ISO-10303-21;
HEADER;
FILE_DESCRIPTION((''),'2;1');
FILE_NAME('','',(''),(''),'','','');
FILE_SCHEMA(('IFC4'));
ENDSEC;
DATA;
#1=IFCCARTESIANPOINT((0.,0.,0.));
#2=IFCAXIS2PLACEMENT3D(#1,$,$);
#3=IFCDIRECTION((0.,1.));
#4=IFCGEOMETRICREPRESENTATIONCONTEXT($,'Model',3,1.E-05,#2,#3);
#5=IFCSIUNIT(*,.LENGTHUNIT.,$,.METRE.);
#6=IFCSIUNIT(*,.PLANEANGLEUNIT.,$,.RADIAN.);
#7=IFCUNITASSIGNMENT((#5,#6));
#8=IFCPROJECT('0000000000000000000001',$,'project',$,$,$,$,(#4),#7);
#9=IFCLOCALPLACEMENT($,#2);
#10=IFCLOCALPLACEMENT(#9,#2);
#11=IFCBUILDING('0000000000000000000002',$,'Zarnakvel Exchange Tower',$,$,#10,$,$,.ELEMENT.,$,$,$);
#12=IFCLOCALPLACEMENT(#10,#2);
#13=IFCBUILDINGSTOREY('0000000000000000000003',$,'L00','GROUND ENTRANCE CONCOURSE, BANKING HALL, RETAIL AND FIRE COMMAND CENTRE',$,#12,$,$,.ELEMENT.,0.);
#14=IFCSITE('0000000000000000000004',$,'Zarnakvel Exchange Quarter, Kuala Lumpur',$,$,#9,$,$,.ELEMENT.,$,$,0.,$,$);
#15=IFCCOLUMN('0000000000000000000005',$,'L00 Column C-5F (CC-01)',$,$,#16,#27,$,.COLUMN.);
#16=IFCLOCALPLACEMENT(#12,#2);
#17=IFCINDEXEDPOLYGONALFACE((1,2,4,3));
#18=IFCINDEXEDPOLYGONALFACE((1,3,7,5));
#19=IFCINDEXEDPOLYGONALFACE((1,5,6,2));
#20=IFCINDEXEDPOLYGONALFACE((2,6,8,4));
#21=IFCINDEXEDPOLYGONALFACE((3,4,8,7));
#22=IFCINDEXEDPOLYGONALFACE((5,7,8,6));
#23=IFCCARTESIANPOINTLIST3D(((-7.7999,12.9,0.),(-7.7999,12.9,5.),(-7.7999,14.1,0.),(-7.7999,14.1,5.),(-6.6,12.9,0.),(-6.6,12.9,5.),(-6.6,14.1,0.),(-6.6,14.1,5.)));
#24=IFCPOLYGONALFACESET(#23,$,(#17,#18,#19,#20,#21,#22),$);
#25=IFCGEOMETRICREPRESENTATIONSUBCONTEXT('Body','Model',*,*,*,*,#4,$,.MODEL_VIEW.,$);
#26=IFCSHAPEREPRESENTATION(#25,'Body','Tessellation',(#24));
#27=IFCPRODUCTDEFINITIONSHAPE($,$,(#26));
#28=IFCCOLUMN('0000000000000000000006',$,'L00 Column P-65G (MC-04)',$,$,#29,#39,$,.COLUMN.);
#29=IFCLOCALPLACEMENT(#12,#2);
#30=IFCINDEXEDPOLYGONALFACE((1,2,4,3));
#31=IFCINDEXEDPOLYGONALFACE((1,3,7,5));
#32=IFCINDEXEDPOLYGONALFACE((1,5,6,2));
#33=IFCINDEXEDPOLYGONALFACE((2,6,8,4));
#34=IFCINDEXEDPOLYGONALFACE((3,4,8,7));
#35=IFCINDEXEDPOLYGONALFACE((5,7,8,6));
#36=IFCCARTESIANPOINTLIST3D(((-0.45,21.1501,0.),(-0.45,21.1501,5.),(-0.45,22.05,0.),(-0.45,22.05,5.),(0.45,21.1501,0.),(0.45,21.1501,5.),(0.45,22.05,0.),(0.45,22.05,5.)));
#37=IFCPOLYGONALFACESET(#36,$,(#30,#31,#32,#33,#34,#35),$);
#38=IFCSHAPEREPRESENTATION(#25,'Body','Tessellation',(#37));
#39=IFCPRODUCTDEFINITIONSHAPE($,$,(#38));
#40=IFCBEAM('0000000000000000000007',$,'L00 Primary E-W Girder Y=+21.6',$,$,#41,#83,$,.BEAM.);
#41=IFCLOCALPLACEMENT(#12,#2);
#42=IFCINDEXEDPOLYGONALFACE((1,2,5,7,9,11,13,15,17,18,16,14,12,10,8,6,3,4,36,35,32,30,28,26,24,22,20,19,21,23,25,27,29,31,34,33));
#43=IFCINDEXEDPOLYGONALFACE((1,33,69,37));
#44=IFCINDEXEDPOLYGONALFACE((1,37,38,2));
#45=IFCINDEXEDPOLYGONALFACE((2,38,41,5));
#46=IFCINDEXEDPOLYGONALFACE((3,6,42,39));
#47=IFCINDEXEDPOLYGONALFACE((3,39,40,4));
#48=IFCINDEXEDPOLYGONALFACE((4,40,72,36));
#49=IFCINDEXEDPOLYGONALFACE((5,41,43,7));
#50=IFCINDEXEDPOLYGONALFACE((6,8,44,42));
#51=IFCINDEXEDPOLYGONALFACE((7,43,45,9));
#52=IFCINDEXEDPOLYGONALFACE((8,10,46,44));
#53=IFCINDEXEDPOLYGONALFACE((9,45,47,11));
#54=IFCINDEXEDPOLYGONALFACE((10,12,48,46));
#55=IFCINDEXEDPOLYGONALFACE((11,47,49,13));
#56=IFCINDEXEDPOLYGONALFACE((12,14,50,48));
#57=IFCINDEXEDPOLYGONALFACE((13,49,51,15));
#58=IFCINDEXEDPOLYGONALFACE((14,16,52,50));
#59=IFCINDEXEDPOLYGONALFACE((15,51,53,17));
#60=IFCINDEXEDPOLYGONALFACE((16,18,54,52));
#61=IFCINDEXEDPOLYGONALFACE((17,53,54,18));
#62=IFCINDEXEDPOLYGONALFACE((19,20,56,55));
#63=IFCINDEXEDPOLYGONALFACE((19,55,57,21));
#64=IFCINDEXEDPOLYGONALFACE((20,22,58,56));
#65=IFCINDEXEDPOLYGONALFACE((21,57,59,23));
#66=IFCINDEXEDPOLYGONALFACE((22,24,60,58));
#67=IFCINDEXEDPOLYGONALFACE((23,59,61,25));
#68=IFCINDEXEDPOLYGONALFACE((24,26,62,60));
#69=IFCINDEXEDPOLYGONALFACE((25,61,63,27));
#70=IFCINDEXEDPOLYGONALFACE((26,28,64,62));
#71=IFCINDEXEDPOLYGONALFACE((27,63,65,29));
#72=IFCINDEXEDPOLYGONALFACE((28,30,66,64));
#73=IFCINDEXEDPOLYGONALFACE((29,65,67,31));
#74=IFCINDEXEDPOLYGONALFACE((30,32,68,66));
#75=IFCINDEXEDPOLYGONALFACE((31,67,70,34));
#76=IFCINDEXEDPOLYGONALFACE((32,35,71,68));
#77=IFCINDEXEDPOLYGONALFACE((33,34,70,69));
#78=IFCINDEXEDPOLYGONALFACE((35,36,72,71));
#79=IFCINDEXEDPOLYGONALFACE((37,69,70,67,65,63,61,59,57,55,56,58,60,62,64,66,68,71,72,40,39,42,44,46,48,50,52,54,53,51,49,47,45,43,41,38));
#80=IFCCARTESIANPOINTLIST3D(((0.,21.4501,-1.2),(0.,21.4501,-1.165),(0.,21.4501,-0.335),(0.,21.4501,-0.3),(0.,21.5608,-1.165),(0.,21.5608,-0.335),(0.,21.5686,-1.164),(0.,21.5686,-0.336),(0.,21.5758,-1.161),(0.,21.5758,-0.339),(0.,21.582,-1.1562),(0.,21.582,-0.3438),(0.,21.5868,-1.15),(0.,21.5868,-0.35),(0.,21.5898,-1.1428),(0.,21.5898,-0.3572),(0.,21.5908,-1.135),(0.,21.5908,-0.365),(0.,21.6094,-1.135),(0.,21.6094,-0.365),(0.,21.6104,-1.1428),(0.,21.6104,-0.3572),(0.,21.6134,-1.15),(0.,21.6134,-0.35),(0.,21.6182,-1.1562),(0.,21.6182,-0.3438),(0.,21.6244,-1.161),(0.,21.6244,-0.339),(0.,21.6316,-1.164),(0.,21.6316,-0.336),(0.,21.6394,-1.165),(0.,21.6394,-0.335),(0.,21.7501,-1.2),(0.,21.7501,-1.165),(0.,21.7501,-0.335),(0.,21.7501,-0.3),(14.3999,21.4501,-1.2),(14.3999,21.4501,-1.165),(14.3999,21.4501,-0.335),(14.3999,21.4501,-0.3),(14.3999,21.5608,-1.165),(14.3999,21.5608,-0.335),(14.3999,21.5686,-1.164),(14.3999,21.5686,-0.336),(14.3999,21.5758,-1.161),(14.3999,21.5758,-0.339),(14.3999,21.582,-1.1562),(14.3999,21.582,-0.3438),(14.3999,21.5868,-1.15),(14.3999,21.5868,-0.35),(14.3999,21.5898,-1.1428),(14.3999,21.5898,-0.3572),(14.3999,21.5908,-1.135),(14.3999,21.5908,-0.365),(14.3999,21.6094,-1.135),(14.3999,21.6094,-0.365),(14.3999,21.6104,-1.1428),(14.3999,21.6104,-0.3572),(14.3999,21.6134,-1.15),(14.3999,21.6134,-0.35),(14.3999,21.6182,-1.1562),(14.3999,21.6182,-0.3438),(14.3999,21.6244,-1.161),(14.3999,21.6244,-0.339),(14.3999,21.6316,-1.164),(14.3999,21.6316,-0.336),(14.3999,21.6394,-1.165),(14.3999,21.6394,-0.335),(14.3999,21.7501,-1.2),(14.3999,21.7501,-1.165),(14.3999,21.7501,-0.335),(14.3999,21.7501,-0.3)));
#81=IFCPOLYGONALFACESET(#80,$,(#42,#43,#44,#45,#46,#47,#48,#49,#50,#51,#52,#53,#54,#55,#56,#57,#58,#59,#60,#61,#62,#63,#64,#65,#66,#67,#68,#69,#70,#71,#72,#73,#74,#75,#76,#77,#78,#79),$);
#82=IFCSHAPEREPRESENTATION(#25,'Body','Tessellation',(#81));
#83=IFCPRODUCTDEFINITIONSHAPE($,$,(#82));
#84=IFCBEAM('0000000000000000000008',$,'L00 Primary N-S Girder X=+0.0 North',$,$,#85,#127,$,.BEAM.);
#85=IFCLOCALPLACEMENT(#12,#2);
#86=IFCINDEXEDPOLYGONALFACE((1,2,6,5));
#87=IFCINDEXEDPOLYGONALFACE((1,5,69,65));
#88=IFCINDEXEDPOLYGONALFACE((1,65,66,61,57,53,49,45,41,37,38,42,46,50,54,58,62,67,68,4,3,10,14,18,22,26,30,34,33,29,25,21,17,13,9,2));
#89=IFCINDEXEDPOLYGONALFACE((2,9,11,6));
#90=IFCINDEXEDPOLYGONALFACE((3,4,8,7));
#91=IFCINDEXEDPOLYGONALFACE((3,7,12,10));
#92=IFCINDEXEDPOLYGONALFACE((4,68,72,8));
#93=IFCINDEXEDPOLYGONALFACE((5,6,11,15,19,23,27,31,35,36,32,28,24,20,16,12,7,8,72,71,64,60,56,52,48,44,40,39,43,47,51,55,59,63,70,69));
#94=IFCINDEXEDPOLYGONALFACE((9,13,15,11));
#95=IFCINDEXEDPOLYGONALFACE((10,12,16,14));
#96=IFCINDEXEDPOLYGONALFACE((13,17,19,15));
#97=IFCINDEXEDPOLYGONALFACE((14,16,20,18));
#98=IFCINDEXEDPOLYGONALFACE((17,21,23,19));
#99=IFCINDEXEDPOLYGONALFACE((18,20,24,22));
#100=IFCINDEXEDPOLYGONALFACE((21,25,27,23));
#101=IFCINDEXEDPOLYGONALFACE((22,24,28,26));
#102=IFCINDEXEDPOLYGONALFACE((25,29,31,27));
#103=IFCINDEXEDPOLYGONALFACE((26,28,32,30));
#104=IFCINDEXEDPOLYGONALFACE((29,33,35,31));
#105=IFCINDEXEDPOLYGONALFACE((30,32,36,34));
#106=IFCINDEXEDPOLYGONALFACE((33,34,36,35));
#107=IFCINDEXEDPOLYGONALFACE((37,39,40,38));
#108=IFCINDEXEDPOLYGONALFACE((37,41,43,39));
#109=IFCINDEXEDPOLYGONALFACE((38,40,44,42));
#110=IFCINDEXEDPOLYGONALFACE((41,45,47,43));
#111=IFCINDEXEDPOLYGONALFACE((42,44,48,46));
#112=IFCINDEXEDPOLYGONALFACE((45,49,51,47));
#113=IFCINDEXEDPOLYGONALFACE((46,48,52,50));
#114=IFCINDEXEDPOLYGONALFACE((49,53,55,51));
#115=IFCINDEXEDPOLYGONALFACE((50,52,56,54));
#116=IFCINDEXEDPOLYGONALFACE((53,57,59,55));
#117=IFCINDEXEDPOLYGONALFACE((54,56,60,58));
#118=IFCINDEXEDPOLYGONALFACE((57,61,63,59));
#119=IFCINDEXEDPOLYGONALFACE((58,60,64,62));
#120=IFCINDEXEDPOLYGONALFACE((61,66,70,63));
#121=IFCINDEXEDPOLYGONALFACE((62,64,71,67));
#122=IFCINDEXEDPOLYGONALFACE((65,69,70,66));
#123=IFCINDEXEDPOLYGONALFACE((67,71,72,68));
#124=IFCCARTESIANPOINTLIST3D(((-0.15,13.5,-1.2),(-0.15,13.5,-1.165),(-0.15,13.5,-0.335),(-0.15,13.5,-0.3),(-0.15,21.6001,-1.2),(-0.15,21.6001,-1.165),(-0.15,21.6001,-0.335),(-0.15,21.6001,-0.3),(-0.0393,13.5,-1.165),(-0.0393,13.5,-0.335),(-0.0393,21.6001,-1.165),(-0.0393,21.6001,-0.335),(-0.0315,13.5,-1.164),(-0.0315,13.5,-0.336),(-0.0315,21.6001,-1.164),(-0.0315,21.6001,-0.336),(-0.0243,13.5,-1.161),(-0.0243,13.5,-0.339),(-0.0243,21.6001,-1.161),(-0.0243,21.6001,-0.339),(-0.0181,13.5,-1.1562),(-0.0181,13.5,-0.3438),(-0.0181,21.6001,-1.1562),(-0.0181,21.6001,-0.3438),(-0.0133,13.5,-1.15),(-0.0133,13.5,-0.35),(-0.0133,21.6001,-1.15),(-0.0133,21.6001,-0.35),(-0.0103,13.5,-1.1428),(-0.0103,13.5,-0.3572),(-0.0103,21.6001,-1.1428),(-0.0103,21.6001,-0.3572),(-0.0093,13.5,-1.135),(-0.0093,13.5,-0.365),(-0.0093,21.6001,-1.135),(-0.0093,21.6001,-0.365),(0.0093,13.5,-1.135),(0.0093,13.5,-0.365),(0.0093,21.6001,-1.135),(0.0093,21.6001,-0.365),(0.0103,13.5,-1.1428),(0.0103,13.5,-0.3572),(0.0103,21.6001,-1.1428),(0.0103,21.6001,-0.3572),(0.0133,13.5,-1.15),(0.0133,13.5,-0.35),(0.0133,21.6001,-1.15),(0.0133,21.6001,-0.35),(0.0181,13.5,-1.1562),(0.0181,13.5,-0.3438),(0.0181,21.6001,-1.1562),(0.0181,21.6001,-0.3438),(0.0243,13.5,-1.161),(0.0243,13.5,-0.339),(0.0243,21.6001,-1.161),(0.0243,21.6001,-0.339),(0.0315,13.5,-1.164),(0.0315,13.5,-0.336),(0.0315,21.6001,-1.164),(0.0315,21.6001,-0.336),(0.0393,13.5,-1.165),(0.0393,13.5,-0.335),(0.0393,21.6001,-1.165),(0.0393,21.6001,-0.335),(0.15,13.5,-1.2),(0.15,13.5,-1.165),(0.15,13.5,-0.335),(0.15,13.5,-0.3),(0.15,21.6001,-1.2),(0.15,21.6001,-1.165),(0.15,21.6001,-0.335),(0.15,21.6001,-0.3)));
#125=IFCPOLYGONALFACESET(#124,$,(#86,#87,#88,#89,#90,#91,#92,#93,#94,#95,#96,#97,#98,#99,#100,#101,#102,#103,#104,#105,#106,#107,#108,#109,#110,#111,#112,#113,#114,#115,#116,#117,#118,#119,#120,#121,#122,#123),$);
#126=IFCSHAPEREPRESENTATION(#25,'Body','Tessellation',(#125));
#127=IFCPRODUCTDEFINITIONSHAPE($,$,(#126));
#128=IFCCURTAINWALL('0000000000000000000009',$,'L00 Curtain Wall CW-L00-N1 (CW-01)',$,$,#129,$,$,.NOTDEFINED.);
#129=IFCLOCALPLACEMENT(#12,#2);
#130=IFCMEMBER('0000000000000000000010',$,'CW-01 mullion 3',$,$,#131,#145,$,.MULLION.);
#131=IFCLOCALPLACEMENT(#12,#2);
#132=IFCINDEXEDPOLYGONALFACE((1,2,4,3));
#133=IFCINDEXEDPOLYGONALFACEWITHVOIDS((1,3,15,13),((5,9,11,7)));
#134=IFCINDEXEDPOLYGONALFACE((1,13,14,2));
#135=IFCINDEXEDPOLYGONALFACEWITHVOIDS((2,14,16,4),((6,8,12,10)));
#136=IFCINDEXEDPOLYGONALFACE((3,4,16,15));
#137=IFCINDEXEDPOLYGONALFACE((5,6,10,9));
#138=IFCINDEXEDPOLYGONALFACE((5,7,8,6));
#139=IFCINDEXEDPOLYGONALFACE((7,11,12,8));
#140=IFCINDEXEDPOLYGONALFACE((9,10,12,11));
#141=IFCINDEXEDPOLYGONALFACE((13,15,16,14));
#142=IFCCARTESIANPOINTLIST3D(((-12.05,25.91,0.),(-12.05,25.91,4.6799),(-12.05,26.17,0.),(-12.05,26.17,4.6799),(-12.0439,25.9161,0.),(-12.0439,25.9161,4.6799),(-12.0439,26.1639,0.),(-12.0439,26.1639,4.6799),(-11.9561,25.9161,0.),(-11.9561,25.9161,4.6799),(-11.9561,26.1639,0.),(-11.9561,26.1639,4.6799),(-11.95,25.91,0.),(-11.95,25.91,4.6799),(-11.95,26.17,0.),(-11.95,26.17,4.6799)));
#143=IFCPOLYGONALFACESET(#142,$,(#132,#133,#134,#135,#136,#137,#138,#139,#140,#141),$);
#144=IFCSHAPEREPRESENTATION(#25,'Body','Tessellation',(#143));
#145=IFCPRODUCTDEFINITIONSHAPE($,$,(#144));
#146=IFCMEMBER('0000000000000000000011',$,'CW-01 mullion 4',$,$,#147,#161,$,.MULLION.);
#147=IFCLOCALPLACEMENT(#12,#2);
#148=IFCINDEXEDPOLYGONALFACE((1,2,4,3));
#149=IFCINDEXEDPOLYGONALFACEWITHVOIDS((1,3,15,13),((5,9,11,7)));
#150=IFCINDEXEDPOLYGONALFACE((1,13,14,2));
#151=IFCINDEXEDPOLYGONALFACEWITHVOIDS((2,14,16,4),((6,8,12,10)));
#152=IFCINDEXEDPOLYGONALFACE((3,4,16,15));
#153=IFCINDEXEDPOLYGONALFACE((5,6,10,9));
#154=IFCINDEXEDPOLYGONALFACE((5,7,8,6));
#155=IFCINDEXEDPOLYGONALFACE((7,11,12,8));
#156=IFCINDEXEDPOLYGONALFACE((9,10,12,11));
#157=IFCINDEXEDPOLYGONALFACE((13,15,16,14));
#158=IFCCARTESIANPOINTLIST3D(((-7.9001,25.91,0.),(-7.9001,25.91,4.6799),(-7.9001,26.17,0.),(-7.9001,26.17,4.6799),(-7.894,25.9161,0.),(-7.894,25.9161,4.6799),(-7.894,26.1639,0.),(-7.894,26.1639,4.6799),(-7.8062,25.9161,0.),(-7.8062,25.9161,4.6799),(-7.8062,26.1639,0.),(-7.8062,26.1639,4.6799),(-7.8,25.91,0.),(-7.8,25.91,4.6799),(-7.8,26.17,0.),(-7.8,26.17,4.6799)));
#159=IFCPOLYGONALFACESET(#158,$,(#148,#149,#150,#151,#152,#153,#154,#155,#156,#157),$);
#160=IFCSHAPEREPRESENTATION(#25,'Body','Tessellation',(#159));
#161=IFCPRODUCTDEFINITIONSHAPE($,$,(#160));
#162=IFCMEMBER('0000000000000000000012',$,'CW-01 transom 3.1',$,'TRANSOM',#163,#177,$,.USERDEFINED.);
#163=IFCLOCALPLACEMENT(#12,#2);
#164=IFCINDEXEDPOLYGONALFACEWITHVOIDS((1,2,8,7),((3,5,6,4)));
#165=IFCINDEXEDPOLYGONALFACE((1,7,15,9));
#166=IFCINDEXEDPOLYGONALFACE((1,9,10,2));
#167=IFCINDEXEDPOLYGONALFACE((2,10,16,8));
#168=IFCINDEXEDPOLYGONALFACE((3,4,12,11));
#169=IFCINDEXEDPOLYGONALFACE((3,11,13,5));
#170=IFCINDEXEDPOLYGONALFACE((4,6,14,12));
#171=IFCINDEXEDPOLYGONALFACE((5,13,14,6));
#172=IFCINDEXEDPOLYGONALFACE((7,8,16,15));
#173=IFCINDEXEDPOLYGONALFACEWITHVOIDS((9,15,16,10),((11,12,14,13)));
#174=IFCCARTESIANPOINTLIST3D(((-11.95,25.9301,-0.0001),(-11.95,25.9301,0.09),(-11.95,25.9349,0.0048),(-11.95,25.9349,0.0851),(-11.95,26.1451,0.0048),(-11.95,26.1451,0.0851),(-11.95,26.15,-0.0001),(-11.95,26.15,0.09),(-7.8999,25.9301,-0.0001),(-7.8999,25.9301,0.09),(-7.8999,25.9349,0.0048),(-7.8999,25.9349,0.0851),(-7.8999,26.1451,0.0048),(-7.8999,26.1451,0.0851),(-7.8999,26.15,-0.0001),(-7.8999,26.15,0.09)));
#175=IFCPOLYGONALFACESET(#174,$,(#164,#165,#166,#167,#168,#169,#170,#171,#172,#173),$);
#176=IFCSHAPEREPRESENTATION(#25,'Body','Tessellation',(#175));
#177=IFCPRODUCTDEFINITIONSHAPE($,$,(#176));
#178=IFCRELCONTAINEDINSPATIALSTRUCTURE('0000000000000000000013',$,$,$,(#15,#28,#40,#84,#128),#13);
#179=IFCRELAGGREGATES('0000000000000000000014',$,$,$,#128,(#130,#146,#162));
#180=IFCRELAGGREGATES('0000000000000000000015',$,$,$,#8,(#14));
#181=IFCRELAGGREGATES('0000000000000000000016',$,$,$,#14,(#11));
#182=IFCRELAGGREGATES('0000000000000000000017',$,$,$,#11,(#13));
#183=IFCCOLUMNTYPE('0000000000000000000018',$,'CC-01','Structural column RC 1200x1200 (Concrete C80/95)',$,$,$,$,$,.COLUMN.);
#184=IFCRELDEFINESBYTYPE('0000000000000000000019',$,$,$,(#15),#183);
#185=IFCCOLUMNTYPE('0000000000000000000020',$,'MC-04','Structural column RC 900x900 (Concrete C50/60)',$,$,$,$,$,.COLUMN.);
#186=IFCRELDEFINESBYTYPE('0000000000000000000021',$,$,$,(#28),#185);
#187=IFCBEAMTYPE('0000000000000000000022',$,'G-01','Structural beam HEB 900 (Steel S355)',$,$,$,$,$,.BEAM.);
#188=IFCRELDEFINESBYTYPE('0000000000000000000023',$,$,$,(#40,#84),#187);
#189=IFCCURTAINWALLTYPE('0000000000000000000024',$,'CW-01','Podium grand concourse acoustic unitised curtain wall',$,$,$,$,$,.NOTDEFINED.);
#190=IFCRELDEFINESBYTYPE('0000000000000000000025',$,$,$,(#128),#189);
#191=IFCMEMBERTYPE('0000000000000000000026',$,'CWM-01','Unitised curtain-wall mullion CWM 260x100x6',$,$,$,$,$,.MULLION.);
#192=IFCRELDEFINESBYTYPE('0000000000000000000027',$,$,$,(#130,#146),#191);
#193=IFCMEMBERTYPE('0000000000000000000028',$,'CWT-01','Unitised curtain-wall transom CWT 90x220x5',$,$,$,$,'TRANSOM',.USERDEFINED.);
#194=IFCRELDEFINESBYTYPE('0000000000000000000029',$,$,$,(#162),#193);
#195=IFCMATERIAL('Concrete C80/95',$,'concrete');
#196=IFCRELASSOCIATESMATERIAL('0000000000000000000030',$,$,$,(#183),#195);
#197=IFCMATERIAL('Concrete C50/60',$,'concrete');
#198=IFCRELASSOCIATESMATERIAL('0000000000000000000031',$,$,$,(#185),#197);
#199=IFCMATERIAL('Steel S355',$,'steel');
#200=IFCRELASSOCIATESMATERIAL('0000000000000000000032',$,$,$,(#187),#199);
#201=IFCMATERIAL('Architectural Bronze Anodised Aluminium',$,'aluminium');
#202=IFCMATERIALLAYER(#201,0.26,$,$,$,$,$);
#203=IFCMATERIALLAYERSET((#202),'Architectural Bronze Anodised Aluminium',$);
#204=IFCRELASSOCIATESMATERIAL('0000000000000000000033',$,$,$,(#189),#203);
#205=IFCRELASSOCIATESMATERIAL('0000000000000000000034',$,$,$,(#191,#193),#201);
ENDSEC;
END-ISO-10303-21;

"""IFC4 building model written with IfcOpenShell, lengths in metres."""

from ifc_helpers import new_model, si_unit, direction, frame, origin, origin_2d, place, context, subcontext, project, spatial, rectangle, hollow_rectangle, i_section, extrude, source, transform, mapped, material, layer, layer_set, material_profile, profile_set, type_object, element, aggregate, save


model = new_model("IFC4")

# Units and contexts
model_context = context("Model", 3, precision=1e-05, world=origin(), true_north=direction((0.0, 1.0)))
body_context = subcontext(model_context, "Body", "Model", "MODEL_VIEW")
ifc_project = project(units=[si_unit("LENGTHUNIT", "METRE"), si_unit("PLANEANGLEUNIT", "RADIAN")], contexts=[model_context])

# Site, building, storey
site_placement = place(None, origin())
site = spatial("IfcSite", under=ifc_project, at=site_placement, Name="Zarnakvel Exchange Quarter, Kuala Lumpur", CompositionType="ELEMENT", RefElevation=0.0)
building_placement = place(site_placement, origin())
building = spatial("IfcBuilding", under=site, at=building_placement, Name="Zarnakvel Exchange Tower", CompositionType="ELEMENT")
storey_placement = place(building_placement, origin())
storey = spatial("IfcBuildingStorey", under=building, at=storey_placement, Name="L00", Description="GROUND ENTRANCE CONCOURSE, BANKING HALL, RETAIL AND FIRE COMMAND CENTRE", CompositionType="ELEMENT", Elevation=0.0)

# Columns
ifc_material_1 = material(Name="Concrete C80/95", Category="concrete")
ifc_material_profile_1 = material_profile(ifc_material_1, rectangle(XDim=1.2, YDim=1.2, at=origin_2d()))
ifc_profile_set_1 = profile_set([ifc_material_profile_1], Name="Concrete C80/95")
column_type_1 = type_object("IfcColumnType", Name="CC-01", Description="Structural column RC 1200x1200 (Concrete C80/95)", PredefinedType="COLUMN", material=ifc_profile_set_1)
column_1_placement = place(storey_placement, frame((-7.2, 13.5, 0.0), z_axis=(0.0, 0.0, 1.0), x_axis=(1.0, 0.0, 0.0)))
element("IfcColumn", 1, at=column_1_placement, inside=storey, type_object=column_type_1, Name="L00 Column C-5F (CC-01)", PredefinedType="COLUMN", context=body_context, shape_type="SweptSolid", body=[
    extrude(rectangle(XDim=1.2, YDim=1.2, at=origin_2d()), origin(), (0.0, 0.0, 1.0), 5.0),
])
ifc_material_2 = material(Name="Concrete C50/60", Category="concrete")
ifc_material_profile_2 = material_profile(ifc_material_2, rectangle(XDim=0.8999, YDim=0.8999, at=origin_2d()))
ifc_profile_set_2 = profile_set([ifc_material_profile_2], Name="Concrete C50/60")
column_type_2 = type_object("IfcColumnType", Name="MC-04", Description="Structural column RC 900x900 (Concrete C50/60)", PredefinedType="COLUMN", material=ifc_profile_set_2)
column_2_placement = place(storey_placement, frame((0.0, 21.6001, 0.0), z_axis=(0.0, 0.0, 1.0), x_axis=(1.0, 0.0, 0.0)))
element("IfcColumn", 2, at=column_2_placement, inside=storey, type_object=column_type_2, Name="L00 Column P-65G (MC-04)", PredefinedType="COLUMN", context=body_context, shape_type="SweptSolid", body=[
    extrude(rectangle(XDim=0.8999, YDim=0.8999, at=origin_2d()), origin(), (0.0, 0.0, 1.0), 5.0),
])

# Beams
ifc_material_3 = material(Name="Steel S355", Category="steel")
ifc_material_profile_3 = material_profile(ifc_material_3, i_section(OverallWidth=0.3, OverallDepth=0.8999, WebThickness=0.0186, FlangeThickness=0.0349, FilletRadius=0.03, at=origin_2d()))
ifc_profile_set_3 = profile_set([ifc_material_profile_3], Name="Steel S355")
beam_type = type_object("IfcBeamType", Name="G-01", Description="Structural beam HEB 900 (Steel S355)", PredefinedType="BEAM", material=ifc_profile_set_3)
beam_1_placement = place(storey_placement, frame((0.0, 21.6001, -0.75), z_axis=(1.0, 0.0, 0.0), x_axis=(0.0, 1.0, 0.0)))
element("IfcBeam", 3, at=beam_1_placement, inside=storey, type_object=beam_type, Name="L00 Primary E-W Girder Y=+21.6", PredefinedType="BEAM", context=body_context, shape_type="SweptSolid", body=[
    extrude(i_section(OverallWidth=0.3, OverallDepth=0.8999, WebThickness=0.0186, FlangeThickness=0.0349, FilletRadius=0.03, at=origin_2d()), origin(), (0.0, 0.0, 1.0), 14.3999),
])
beam_2_placement = place(storey_placement, frame((0.0, 13.5, -0.75), z_axis=(0.0, 1.0, 0.0), x_axis=(-1.0, 0.0, 0.0)))
element("IfcBeam", 4, at=beam_2_placement, inside=storey, type_object=beam_type, Name="L00 Primary N-S Girder X=+0.0 North", PredefinedType="BEAM", context=body_context, shape_type="SweptSolid", body=[
    extrude(i_section(OverallWidth=0.3, OverallDepth=0.8999, WebThickness=0.0186, FlangeThickness=0.0349, FilletRadius=0.03, at=origin_2d()), origin(), (0.0, 0.0, 1.0), 8.1001),
])

# Curtain wall, members
ifc_material_4 = material(Name="Architectural Bronze Anodised Aluminium", Category="aluminium")
ifc_layer_1 = layer(ifc_material_4, 0.26)
ifc_layer_set_1 = layer_set([ifc_layer_1], Name="Architectural Bronze Anodised Aluminium")
curtain_wall_type = type_object("IfcCurtainWallType", Name="CW-01", Description="Podium grand concourse acoustic unitised curtain wall", PredefinedType="NOTDEFINED", material=ifc_layer_set_1)
curtain_wall_placement = place(storey_placement, origin())
curtain_wall = element("IfcCurtainWall", 5, at=curtain_wall_placement, inside=storey, type_object=curtain_wall_type, Name="L00 Curtain Wall CW-L00-N1 (CW-01)", PredefinedType="NOTDEFINED")
ifc_material_profile_4 = material_profile(ifc_material_4, hollow_rectangle(XDim=0.26, YDim=0.1001, WallThickness=0.0061, at=origin_2d()))
ifc_profile_set_4 = profile_set([ifc_material_profile_4], Name="Architectural Bronze Anodised Aluminium")
member_type_1 = type_object("IfcMemberType", Name="CWM-01", Description="Unitised curtain-wall mullion CWM 260x100x6", PredefinedType="MULLION", material=ifc_profile_set_4)
shared_shape_1 = source(origin(), body_context, "Body", "SweptSolid", [
    extrude(hollow_rectangle(XDim=0.26, YDim=0.1001, WallThickness=0.0061, at=origin_2d()), origin(), (0.0, 0.0, 1.0), 4.6799),
])
member_1_placement = place(storey_placement, frame((-12.0, 26.04, 0.0), z_axis=(0.0, 0.0, 1.0), x_axis=(0.0, 1.0, 0.0)))
member_1 = element("IfcMember", 6, at=member_1_placement, type_object=member_type_1, Name="CW-01 mullion 3", PredefinedType="MULLION", context=body_context, shape_type="MappedRepresentation", body=[
    mapped(shared_shape_1, transform((0.0, 0.0, 0.0), x_axis=(1.0, 0.0, 0.0), y_axis=(0.0, 1.0, 0.0), z_axis=(0.0, 0.0, 1.0), scale=1.0)),
])
member_2_placement = place(storey_placement, frame((-7.8501, 26.04, 0.0), z_axis=(0.0, 0.0, 1.0), x_axis=(0.0, 1.0, 0.0)))
member_2 = element("IfcMember", 7, at=member_2_placement, type_object=member_type_1, Name="CW-01 mullion 4", PredefinedType="MULLION", context=body_context, shape_type="MappedRepresentation", body=[
    mapped(shared_shape_1, transform((0.0, 0.0, 0.0), x_axis=(1.0, 0.0, 0.0), y_axis=(0.0, 1.0, 0.0), z_axis=(0.0, 0.0, 1.0), scale=1.0)),
])
ifc_material_profile_5 = material_profile(ifc_material_4, hollow_rectangle(XDim=0.22, YDim=0.0901, WallThickness=0.0049, at=origin_2d()))
ifc_profile_set_5 = profile_set([ifc_material_profile_5], Name="Architectural Bronze Anodised Aluminium")
member_type_2 = type_object("IfcMemberType", Name="CWT-01", Description="Unitised curtain-wall transom CWT 90x220x5", ElementType="TRANSOM", PredefinedType="USERDEFINED", material=ifc_profile_set_5)
shared_shape_2 = source(origin(), body_context, "Body", "SweptSolid", [
    extrude(hollow_rectangle(XDim=0.22, YDim=0.0901, WallThickness=0.0049, at=origin_2d()), origin(), (0.0, 0.0, 1.0), 4.05),
])
member_3_placement = place(storey_placement, frame((-11.95, 26.04, 0.0449), z_axis=(1.0, 0.0, 0.0), x_axis=(0.0, 1.0, 0.0)))
member_3 = element("IfcMember", 8, at=member_3_placement, type_object=member_type_2, Name="CW-01 transom 3.1", ObjectType="TRANSOM", PredefinedType="USERDEFINED", context=body_context, shape_type="MappedRepresentation", body=[
    mapped(shared_shape_2, transform((0.0, 0.0, 0.0), x_axis=(1.0, 0.0, 0.0), y_axis=(0.0, 1.0, 0.0), z_axis=(0.0, 0.0, 1.0), scale=1.0)),
])
aggregate(curtain_wall, [member_1, member_2, member_3])

save(model, "model.ifc")
